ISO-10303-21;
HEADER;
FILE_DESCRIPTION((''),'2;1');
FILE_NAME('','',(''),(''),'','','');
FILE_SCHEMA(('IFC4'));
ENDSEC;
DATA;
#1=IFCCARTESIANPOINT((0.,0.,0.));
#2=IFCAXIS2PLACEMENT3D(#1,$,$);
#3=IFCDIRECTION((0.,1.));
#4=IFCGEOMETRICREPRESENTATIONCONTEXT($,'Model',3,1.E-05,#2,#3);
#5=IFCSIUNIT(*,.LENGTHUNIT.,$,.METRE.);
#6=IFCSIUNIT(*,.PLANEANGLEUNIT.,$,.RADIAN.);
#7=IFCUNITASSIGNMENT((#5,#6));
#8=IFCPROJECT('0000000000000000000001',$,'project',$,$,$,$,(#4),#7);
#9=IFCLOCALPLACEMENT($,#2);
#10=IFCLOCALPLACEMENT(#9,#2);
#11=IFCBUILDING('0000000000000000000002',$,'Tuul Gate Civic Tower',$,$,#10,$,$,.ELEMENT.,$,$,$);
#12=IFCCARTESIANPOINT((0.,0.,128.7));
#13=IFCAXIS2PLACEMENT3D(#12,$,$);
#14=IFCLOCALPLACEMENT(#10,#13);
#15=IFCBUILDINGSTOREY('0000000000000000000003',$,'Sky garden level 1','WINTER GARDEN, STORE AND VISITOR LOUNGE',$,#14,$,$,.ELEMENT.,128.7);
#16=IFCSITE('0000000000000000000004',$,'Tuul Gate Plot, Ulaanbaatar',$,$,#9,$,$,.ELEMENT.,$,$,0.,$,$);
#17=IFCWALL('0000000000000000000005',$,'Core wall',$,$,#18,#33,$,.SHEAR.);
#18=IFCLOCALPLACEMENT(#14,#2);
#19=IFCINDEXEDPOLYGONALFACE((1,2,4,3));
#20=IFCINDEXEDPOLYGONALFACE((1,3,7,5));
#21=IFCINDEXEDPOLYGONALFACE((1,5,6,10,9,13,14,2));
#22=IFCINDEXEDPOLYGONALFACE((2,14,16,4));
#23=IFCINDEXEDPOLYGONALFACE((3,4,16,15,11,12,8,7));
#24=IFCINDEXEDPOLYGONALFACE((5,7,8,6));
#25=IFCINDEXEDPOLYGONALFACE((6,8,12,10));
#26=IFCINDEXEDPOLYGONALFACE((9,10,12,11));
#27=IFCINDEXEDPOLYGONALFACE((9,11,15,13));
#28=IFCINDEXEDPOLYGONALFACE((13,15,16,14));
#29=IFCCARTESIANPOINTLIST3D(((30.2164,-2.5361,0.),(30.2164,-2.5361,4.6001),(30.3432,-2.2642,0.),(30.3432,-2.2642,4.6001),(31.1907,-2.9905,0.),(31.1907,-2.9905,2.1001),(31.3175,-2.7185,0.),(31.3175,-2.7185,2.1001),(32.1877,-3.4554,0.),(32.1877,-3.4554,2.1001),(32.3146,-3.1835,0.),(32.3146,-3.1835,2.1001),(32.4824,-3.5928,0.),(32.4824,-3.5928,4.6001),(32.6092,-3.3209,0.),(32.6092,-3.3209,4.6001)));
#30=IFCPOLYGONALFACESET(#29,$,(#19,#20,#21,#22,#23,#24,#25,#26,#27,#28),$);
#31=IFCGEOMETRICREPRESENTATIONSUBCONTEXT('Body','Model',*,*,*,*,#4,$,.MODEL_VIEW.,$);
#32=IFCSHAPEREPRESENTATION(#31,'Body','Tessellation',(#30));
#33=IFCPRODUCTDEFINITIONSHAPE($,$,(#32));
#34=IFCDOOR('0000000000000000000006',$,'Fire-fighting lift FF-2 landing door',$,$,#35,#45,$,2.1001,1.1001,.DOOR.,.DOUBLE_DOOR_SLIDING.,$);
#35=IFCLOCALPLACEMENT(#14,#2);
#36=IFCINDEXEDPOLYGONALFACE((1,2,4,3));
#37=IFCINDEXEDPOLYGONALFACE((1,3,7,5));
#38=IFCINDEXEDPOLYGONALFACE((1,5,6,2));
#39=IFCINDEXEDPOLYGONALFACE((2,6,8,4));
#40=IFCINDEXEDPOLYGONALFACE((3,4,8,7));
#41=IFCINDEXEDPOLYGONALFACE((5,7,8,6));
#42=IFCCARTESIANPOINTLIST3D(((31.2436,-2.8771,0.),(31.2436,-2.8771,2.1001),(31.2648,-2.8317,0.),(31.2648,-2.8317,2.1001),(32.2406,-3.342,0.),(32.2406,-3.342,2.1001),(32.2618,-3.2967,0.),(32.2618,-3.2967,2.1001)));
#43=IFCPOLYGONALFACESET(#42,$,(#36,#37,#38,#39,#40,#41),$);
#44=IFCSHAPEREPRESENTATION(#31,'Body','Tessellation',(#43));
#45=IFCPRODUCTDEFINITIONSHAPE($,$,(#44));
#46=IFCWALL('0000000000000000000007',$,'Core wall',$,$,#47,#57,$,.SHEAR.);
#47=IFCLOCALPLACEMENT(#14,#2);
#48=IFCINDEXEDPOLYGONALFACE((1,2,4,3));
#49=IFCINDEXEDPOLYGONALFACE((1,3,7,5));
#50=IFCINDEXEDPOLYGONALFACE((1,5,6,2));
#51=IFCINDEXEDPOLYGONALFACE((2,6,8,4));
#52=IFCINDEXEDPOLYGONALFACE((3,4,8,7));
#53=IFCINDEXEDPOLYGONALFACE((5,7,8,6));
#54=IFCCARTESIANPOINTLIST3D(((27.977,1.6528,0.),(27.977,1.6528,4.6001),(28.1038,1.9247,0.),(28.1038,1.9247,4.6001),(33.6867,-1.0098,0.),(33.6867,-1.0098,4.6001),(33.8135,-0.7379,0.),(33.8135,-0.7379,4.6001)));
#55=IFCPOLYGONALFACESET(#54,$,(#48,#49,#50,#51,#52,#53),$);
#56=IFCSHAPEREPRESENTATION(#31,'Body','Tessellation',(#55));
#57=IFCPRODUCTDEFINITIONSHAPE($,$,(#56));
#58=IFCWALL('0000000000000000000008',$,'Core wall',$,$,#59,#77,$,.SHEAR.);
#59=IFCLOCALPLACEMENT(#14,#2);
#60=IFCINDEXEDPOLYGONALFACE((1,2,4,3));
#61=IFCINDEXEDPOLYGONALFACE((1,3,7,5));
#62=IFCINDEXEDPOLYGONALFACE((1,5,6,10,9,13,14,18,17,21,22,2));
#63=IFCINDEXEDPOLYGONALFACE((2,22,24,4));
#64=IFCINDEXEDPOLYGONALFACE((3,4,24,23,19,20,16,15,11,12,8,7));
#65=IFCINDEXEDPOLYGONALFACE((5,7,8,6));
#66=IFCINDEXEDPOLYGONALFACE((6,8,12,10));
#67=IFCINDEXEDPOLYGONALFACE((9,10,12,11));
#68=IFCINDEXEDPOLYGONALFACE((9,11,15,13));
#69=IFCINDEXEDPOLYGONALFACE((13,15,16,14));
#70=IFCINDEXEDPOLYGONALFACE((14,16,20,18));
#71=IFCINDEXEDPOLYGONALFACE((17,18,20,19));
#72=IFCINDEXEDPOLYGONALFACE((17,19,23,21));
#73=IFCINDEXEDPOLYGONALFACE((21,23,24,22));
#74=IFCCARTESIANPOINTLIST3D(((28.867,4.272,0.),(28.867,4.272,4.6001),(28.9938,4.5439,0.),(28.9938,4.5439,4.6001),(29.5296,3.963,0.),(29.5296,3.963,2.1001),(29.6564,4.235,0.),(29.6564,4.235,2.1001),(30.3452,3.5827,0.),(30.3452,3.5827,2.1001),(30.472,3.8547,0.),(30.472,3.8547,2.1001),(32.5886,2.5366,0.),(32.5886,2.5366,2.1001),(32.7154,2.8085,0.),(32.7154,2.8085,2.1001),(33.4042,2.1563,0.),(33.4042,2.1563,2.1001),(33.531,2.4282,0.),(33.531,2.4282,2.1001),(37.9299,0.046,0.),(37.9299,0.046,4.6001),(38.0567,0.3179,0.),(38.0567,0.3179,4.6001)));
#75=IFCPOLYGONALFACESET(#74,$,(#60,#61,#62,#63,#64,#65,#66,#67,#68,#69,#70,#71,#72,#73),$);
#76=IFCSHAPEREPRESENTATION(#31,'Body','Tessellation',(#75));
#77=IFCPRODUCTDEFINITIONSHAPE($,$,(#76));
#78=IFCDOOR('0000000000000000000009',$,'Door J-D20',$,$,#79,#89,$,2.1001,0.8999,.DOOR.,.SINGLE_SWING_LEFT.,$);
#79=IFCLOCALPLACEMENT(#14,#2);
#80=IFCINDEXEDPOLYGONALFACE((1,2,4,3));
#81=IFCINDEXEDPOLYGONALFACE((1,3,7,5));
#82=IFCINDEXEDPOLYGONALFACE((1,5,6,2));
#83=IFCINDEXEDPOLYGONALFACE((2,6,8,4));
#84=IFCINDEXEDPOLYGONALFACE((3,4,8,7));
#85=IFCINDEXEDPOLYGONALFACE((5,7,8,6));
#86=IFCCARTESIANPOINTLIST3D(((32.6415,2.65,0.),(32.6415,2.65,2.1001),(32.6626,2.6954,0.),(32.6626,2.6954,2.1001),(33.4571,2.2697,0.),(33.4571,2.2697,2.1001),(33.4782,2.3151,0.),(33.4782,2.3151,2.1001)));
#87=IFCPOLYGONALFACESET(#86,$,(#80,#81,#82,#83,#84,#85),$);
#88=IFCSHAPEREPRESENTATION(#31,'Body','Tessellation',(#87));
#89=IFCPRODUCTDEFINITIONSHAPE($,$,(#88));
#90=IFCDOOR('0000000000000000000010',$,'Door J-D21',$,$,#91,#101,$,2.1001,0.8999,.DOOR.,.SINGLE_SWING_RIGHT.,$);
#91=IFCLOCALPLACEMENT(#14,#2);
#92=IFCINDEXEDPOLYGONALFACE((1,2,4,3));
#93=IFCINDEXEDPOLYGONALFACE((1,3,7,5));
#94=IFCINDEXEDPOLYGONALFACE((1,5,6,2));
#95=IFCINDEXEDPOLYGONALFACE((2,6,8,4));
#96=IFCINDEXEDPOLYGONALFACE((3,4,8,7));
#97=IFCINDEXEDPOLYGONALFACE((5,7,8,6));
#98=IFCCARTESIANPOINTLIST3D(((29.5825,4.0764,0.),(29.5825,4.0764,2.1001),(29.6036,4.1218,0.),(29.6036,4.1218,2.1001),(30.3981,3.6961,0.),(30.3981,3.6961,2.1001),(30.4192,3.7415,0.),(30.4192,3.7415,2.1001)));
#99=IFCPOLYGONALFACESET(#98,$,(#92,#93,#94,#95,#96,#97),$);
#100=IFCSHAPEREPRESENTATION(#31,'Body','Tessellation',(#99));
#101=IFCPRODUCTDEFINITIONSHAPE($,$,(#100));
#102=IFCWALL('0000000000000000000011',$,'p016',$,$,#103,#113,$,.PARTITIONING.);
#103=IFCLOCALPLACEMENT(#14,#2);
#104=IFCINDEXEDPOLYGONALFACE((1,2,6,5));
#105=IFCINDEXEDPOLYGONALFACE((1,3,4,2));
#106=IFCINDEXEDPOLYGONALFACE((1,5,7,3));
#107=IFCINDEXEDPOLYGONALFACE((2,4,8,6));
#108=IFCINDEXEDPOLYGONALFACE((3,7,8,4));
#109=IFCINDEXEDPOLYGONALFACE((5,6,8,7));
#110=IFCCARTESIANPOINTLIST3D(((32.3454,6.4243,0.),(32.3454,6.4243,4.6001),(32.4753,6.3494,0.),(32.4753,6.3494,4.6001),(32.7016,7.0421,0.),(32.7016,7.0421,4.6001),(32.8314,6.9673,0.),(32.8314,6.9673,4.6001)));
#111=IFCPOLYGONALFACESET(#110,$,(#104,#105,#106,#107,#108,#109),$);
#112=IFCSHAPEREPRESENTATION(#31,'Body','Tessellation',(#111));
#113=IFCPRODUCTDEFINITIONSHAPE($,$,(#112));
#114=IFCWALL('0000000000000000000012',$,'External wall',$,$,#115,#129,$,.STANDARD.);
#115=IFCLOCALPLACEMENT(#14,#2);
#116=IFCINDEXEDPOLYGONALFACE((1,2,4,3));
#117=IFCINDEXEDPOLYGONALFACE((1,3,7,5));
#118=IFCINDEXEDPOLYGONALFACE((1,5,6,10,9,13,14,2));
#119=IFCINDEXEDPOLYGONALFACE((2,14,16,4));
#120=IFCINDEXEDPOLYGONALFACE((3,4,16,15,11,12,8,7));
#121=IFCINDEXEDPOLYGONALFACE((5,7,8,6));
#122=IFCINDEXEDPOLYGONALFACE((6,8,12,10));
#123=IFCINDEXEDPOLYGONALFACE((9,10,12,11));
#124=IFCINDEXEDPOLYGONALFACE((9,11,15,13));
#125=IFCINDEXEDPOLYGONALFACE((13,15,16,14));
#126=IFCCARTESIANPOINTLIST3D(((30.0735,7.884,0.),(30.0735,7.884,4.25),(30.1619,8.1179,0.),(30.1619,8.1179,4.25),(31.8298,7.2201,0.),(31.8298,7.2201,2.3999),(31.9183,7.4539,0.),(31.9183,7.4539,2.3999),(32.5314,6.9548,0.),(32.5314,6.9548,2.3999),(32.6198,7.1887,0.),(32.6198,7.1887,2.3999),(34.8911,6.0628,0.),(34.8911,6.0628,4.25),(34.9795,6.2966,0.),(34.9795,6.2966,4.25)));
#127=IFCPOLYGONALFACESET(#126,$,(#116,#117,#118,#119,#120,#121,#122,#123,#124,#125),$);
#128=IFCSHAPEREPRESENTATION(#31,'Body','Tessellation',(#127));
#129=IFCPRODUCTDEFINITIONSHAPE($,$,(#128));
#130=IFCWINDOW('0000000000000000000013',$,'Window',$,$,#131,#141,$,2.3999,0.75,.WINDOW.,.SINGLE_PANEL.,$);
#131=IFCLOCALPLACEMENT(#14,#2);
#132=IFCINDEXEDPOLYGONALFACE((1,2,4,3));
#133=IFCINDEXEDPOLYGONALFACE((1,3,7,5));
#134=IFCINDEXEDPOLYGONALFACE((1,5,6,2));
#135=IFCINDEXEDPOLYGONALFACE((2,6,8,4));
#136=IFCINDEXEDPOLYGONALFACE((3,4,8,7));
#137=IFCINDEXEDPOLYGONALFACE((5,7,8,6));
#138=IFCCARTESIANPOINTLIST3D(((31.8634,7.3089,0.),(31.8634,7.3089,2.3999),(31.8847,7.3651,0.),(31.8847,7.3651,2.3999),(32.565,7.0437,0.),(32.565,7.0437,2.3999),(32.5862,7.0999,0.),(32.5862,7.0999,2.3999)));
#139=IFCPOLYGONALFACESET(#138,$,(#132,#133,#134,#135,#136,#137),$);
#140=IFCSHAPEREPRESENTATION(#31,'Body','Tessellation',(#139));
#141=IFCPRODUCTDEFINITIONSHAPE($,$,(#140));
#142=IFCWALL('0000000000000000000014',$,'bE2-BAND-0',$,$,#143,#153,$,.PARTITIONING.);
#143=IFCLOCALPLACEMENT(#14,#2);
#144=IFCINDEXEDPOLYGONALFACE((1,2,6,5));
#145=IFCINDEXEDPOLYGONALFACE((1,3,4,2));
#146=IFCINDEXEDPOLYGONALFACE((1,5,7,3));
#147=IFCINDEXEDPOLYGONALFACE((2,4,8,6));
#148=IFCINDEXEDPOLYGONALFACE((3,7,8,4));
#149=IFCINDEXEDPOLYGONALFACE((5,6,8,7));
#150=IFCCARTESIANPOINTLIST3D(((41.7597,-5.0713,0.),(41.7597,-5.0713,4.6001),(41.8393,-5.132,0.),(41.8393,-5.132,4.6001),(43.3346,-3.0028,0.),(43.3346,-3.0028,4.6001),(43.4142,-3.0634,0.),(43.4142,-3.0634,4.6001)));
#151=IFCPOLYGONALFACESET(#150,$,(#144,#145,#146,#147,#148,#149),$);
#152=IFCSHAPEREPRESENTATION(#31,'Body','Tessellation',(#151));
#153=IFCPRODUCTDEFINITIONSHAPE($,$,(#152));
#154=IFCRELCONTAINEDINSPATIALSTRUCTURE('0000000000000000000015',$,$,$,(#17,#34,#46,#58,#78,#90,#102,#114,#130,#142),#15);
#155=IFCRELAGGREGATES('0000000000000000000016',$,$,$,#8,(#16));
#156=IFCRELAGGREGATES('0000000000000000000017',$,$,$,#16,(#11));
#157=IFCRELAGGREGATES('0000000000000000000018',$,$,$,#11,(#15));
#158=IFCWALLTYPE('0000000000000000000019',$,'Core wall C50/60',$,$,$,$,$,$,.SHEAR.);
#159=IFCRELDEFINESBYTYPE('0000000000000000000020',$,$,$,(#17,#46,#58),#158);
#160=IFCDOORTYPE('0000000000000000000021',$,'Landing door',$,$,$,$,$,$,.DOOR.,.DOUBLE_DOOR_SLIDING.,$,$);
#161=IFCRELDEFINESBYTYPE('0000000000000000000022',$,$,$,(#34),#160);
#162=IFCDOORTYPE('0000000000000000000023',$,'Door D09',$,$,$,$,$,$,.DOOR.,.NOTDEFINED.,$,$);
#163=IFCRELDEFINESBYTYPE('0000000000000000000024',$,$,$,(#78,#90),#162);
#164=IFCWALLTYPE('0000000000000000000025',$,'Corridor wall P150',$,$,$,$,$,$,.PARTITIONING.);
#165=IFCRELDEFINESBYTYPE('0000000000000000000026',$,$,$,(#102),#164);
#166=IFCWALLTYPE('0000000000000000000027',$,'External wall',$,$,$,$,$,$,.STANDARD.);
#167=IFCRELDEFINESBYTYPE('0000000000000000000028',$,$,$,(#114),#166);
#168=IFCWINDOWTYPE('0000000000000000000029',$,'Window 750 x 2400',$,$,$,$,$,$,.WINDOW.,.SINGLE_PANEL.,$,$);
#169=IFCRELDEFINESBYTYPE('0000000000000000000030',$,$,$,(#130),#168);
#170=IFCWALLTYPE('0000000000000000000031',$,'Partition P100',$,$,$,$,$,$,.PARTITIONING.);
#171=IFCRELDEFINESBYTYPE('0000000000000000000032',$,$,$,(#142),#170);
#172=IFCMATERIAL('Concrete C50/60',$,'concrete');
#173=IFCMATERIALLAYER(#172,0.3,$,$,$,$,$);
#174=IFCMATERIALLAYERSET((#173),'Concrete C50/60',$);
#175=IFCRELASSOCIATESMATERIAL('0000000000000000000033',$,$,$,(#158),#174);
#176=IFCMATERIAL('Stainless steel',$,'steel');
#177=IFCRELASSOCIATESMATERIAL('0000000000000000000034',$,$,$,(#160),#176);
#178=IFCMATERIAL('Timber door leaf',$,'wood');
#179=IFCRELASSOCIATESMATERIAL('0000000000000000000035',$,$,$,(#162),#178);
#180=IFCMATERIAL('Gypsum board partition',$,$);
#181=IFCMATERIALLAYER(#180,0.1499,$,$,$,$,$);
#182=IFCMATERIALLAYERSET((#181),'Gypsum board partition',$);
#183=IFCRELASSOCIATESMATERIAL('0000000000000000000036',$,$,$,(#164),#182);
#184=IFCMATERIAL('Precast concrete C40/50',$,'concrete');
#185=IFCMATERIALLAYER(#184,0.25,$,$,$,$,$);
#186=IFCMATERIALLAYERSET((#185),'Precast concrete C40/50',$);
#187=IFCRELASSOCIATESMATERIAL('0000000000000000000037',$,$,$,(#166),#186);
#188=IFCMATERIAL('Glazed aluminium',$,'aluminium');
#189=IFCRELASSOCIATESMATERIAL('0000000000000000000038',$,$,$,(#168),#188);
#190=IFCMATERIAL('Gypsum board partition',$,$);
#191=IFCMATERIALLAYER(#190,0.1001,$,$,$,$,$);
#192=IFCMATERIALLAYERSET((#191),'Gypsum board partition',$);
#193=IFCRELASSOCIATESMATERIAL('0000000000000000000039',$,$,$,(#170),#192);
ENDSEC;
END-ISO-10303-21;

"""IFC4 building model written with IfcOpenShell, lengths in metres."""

from ifc_helpers import new_model, si_unit, direction, frame, frame_2d, origin, place, context, subcontext, project, spatial, rectangle, extrude, material, layer, layer_set, type_object, element, fill, save


model = new_model("IFC4")

# Units and contexts
model_context = context("Model", 3, precision=1e-05, world=origin(), true_north=direction((0.0, 1.0)))
body_context = subcontext(model_context, "Body", "Model", "MODEL_VIEW")
ifc_project = project(units=[si_unit("LENGTHUNIT", "METRE"), si_unit("PLANEANGLEUNIT", "RADIAN")], contexts=[model_context])

# Site, building, storey
site_placement = place(None, origin())
site = spatial("IfcSite", under=ifc_project, at=site_placement, Name="Tuul Gate Plot, Ulaanbaatar", CompositionType="ELEMENT", RefElevation=0.0)
building_placement = place(site_placement, origin())
building = spatial("IfcBuilding", under=site, at=building_placement, Name="Tuul Gate Civic Tower", CompositionType="ELEMENT")
storey_placement = place(building_placement, frame((0.0, 0.0, 128.7)))
storey = spatial("IfcBuildingStorey", under=building, at=storey_placement, Name="Sky garden level 1", Description="WINTER GARDEN, STORE AND VISITOR LOUNGE", CompositionType="ELEMENT", Elevation=128.7)

# Wall, opening, door
ifc_material_1 = material(Name="Concrete C50/60", Category="concrete")
ifc_layer_1 = layer(ifc_material_1, 0.3)
ifc_layer_set_1 = layer_set([ifc_layer_1], Name="Concrete C50/60")
wall_type_1 = type_object("IfcWallType", Name="Core wall C50/60", PredefinedType="SHEAR", material=ifc_layer_set_1)
wall_1_placement = place(storey_placement, frame((32.5457, -3.4568, 0.0), z_axis=(0.0, 0.0, 1.0), x_axis=(-0.9063, 0.422634, 0.0)))
wall_1 = element("IfcWall", 1, at=wall_1_placement, inside=storey, type_object=wall_type_1, Name="Core wall", PredefinedType="SHEAR", context=body_context, shape_type="SweptSolid", body=[
    extrude(rectangle(XDim=2.5002, YDim=0.3, at=frame_2d((1.25, 0.0))), origin(), (0.0, 0.0, 1.0), 4.6001),
])
opening_1_placement = place(wall_1_placement, frame((0.325, 0.0, 0.0)))
opening_1 = element("IfcOpeningElement", 2, at=opening_1_placement, cuts=wall_1, PredefinedType="OPENING", context=body_context, shape_type="SweptSolid", body=[
    extrude(rectangle(XDim=1.1001, YDim=2.1001, at=frame_2d((0.55, 1.05))), frame((0.0, 0.1602, 0.0), z_axis=(0.0, -1.0, 0.0), x_axis=(1.0, 0.0, 0.0)), (0.0, 0.0, 1.0), 0.3201),
])
ifc_material_2 = material(Name="Stainless steel", Category="steel")
door_type_1 = type_object("IfcDoorType", Name="Landing door", OperationType="DOUBLE_DOOR_SLIDING", PredefinedType="DOOR", material=ifc_material_2)
door_1_placement = place(opening_1_placement, origin())
door_1 = element("IfcDoor", 3, at=door_1_placement, inside=storey, type_object=door_type_1, Name="Fire-fighting lift FF-2 landing door", OperationType="DOUBLE_DOOR_SLIDING", OverallHeight=2.1001, OverallWidth=1.1001, PredefinedType="DOOR", context=body_context, shape_type="SweptSolid", body=[
    extrude(rectangle(XDim=1.1001, YDim=2.1001, at=frame_2d((0.55, 1.05))), frame((0.0, 0.0249, 0.0), z_axis=(0.0, -1.0, 0.0), x_axis=(1.0, 0.0, 0.0)), (0.0, 0.0, 1.0), 0.05),
])
fill(opening_1, door_1)

# Wall
wall_2_placement = place(storey_placement, frame((33.75, -0.8738, 0.0), z_axis=(0.0, 0.0, 1.0), x_axis=(-0.906301, 0.422633, 0.0)))
element("IfcWall", 4, at=wall_2_placement, inside=storey, type_object=wall_type_1, Name="Core wall", PredefinedType="SHEAR", context=body_context, shape_type="SweptSolid", body=[
    extrude(rectangle(XDim=6.3, YDim=0.3, at=frame_2d((3.1499, 0.0))), origin(), (0.0, 0.0, 1.0), 4.6001),
])

# Wall, openings, doors
wall_3_placement = place(storey_placement, frame((37.9934, 0.1819, 0.0), z_axis=(0.0, 0.0, 1.0), x_axis=(-0.90631, 0.422613, 0.0)))
wall_3 = element("IfcWall", 5, at=wall_3_placement, inside=storey, type_object=wall_type_1, Name="Core wall", PredefinedType="SHEAR", context=body_context, shape_type="SweptSolid", body=[
    extrude(rectangle(XDim=9.9998, YDim=0.3, at=frame_2d((5.0, 0.0))), origin(), (0.0, 0.0, 1.0), 4.6001),
])
opening_2_placement = place(wall_3_placement, frame((4.9937, 0.0, 0.0)))
opening_2 = element("IfcOpeningElement", 6, at=opening_2_placement, cuts=wall_3, PredefinedType="OPENING", context=body_context, shape_type="SweptSolid", body=[
    extrude(rectangle(XDim=0.8999, YDim=2.1001, at=frame_2d((0.45, 1.05))), frame((0.0, 0.1602, 0.0), z_axis=(0.0, -1.0, 0.0), x_axis=(1.0, 0.0, 0.0)), (0.0, 0.0, 1.0), 0.3201),
])
opening_3_placement = place(wall_3_placement, frame((8.3689, 0.0, 0.0)))
opening_3 = element("IfcOpeningElement", 7, at=opening_3_placement, cuts=wall_3, PredefinedType="OPENING", context=body_context, shape_type="SweptSolid", body=[
    extrude(rectangle(XDim=0.8999, YDim=2.1001, at=frame_2d((0.45, 1.05))), frame((0.0, 0.1602, 0.0), z_axis=(0.0, -1.0, 0.0), x_axis=(1.0, 0.0, 0.0)), (0.0, 0.0, 1.0), 0.3201),
])
ifc_material_3 = material(Name="Timber door leaf", Category="wood")
door_type_2 = type_object("IfcDoorType", Name="Door D09", OperationType="NOTDEFINED", PredefinedType="DOOR", material=ifc_material_3)
door_2_placement = place(opening_2_placement, origin())
door_2 = element("IfcDoor", 8, at=door_2_placement, inside=storey, type_object=door_type_2, Name="Door J-D20", OperationType="SINGLE_SWING_LEFT", OverallHeight=2.1001, OverallWidth=0.8999, PredefinedType="DOOR", context=body_context, shape_type="SweptSolid", body=[
    extrude(rectangle(XDim=0.8999, YDim=2.1001, at=frame_2d((0.45, 1.05))), frame((0.0, 0.0249, 0.0), z_axis=(0.0, -1.0, 0.0), x_axis=(1.0, 0.0, 0.0)), (0.0, 0.0, 1.0), 0.05),
])
fill(opening_2, door_2)
door_3_placement = place(opening_3_placement, origin())
door_3 = element("IfcDoor", 9, at=door_3_placement, inside=storey, type_object=door_type_2, Name="Door J-D21", OperationType="SINGLE_SWING_RIGHT", OverallHeight=2.1001, OverallWidth=0.8999, PredefinedType="DOOR", context=body_context, shape_type="SweptSolid", body=[
    extrude(rectangle(XDim=0.8999, YDim=2.1001, at=frame_2d((0.45, 1.05))), frame((0.0, 0.0249, 0.0), z_axis=(0.0, -1.0, 0.0), x_axis=(1.0, 0.0, 0.0)), (0.0, 0.0, 1.0), 0.05),
])
fill(opening_3, door_3)

# Wall
ifc_material_4 = material(Name="Gypsum board partition")
ifc_layer_2 = layer(ifc_material_4, 0.1499)
ifc_layer_set_2 = layer_set([ifc_layer_2], Name="Gypsum board partition")
wall_type_2 = type_object("IfcWallType", Name="Corridor wall P150", PredefinedType="PARTITIONING", material=ifc_layer_set_2)
wall_4_placement = place(storey_placement, frame((32.4104, 6.387, 0.0), z_axis=(0.0, 0.0, 1.0), x_axis=(0.499416, 0.866362, 0.0)))
element("IfcWall", 10, at=wall_4_placement, inside=storey, type_object=wall_type_2, Name="p016", PredefinedType="PARTITIONING", context=body_context, shape_type="SweptSolid", body=[
    extrude(rectangle(XDim=0.7131, YDim=0.1499, at=frame_2d((0.3564, 0.0))), origin(), (0.0, 0.0, 1.0), 4.6001),
])

# Shared definitions
ifc_material_5 = material(Name="Precast concrete C40/50", Category="concrete")
ifc_layer_3 = layer(ifc_material_5, 0.25)
ifc_layer_set_3 = layer_set([ifc_layer_3], Name="Precast concrete C40/50")
wall_type_3 = type_object("IfcWallType", Name="External wall", PredefinedType="STANDARD", material=ifc_layer_set_3)

# Wall, opening, window
wall_5_placement = place(storey_placement, frame((34.9353, 6.1797, 0.0), z_axis=(0.0, 0.0, 1.0), x_axis=(-0.935389, 0.353621, 0.0)))
wall_5 = element("IfcWall", 11, at=wall_5_placement, inside=storey, type_object=wall_type_3, Name="External wall", PredefinedType="STANDARD", context=body_context, shape_type="SweptSolid", body=[
    extrude(rectangle(XDim=5.1504, YDim=0.25, at=frame_2d((2.5752, 0.0))), origin(), (0.0, 0.0, 1.0), 4.25),
])
opening_4_placement = place(wall_5_placement, frame((2.5227, 0.0, 0.0)))
opening_4 = element("IfcOpeningElement", 12, at=opening_4_placement, cuts=wall_5, PredefinedType="OPENING", context=body_context, shape_type="SweptSolid", body=[
    extrude(rectangle(XDim=0.75, YDim=2.3999, at=frame_2d((0.375, 1.2))), frame((0.0, 0.135, 0.0), z_axis=(0.0, -1.0, 0.0), x_axis=(1.0, 0.0, 0.0)), (0.0, 0.0, 1.0), 0.27),
])
ifc_material_6 = material(Name="Glazed aluminium", Category="aluminium")
window_type = type_object("IfcWindowType", Name="Window 750 x 2400", PartitioningType="SINGLE_PANEL", PredefinedType="WINDOW", material=ifc_material_6)
window_placement = place(opening_4_placement, origin())
window = element("IfcWindow", 13, at=window_placement, inside=storey, type_object=window_type, Name="Window", OverallHeight=2.3999, OverallWidth=0.75, PartitioningType="SINGLE_PANEL", PredefinedType="WINDOW", context=body_context, shape_type="SweptSolid", body=[
    extrude(rectangle(XDim=0.75, YDim=2.3999, at=frame_2d((0.375, 1.2))), frame((0.0, 0.03, 0.0), z_axis=(0.0, -1.0, 0.0), x_axis=(1.0, 0.0, 0.0)), (0.0, 0.0, 1.0), 0.0601),
])
fill(opening_4, window)

# Wall
ifc_material_7 = material(Name="Gypsum board partition")
ifc_layer_4 = layer(ifc_material_7, 0.1001)
ifc_layer_set_4 = layer_set([ifc_layer_4], Name="Gypsum board partition")
wall_type_4 = type_object("IfcWallType", Name="Partition P100", PredefinedType="PARTITIONING", material=ifc_layer_set_4)
wall_6_placement = place(storey_placement, frame((41.7996, -5.1016, 0.0), z_axis=(0.0, 0.0, 1.0), x_axis=(0.605769, 0.795641, 0.0)))
element("IfcWall", 14, at=wall_6_placement, inside=storey, type_object=wall_type_4, Name="bE2-BAND-0", PredefinedType="PARTITIONING", context=body_context, shape_type="SweptSolid", body=[
    extrude(rectangle(XDim=2.5999, YDim=0.1001, at=frame_2d((1.2998, 0.0))), origin(), (0.0, 0.0, 1.0), 4.6001),
])

save(model, "model.ifc")
